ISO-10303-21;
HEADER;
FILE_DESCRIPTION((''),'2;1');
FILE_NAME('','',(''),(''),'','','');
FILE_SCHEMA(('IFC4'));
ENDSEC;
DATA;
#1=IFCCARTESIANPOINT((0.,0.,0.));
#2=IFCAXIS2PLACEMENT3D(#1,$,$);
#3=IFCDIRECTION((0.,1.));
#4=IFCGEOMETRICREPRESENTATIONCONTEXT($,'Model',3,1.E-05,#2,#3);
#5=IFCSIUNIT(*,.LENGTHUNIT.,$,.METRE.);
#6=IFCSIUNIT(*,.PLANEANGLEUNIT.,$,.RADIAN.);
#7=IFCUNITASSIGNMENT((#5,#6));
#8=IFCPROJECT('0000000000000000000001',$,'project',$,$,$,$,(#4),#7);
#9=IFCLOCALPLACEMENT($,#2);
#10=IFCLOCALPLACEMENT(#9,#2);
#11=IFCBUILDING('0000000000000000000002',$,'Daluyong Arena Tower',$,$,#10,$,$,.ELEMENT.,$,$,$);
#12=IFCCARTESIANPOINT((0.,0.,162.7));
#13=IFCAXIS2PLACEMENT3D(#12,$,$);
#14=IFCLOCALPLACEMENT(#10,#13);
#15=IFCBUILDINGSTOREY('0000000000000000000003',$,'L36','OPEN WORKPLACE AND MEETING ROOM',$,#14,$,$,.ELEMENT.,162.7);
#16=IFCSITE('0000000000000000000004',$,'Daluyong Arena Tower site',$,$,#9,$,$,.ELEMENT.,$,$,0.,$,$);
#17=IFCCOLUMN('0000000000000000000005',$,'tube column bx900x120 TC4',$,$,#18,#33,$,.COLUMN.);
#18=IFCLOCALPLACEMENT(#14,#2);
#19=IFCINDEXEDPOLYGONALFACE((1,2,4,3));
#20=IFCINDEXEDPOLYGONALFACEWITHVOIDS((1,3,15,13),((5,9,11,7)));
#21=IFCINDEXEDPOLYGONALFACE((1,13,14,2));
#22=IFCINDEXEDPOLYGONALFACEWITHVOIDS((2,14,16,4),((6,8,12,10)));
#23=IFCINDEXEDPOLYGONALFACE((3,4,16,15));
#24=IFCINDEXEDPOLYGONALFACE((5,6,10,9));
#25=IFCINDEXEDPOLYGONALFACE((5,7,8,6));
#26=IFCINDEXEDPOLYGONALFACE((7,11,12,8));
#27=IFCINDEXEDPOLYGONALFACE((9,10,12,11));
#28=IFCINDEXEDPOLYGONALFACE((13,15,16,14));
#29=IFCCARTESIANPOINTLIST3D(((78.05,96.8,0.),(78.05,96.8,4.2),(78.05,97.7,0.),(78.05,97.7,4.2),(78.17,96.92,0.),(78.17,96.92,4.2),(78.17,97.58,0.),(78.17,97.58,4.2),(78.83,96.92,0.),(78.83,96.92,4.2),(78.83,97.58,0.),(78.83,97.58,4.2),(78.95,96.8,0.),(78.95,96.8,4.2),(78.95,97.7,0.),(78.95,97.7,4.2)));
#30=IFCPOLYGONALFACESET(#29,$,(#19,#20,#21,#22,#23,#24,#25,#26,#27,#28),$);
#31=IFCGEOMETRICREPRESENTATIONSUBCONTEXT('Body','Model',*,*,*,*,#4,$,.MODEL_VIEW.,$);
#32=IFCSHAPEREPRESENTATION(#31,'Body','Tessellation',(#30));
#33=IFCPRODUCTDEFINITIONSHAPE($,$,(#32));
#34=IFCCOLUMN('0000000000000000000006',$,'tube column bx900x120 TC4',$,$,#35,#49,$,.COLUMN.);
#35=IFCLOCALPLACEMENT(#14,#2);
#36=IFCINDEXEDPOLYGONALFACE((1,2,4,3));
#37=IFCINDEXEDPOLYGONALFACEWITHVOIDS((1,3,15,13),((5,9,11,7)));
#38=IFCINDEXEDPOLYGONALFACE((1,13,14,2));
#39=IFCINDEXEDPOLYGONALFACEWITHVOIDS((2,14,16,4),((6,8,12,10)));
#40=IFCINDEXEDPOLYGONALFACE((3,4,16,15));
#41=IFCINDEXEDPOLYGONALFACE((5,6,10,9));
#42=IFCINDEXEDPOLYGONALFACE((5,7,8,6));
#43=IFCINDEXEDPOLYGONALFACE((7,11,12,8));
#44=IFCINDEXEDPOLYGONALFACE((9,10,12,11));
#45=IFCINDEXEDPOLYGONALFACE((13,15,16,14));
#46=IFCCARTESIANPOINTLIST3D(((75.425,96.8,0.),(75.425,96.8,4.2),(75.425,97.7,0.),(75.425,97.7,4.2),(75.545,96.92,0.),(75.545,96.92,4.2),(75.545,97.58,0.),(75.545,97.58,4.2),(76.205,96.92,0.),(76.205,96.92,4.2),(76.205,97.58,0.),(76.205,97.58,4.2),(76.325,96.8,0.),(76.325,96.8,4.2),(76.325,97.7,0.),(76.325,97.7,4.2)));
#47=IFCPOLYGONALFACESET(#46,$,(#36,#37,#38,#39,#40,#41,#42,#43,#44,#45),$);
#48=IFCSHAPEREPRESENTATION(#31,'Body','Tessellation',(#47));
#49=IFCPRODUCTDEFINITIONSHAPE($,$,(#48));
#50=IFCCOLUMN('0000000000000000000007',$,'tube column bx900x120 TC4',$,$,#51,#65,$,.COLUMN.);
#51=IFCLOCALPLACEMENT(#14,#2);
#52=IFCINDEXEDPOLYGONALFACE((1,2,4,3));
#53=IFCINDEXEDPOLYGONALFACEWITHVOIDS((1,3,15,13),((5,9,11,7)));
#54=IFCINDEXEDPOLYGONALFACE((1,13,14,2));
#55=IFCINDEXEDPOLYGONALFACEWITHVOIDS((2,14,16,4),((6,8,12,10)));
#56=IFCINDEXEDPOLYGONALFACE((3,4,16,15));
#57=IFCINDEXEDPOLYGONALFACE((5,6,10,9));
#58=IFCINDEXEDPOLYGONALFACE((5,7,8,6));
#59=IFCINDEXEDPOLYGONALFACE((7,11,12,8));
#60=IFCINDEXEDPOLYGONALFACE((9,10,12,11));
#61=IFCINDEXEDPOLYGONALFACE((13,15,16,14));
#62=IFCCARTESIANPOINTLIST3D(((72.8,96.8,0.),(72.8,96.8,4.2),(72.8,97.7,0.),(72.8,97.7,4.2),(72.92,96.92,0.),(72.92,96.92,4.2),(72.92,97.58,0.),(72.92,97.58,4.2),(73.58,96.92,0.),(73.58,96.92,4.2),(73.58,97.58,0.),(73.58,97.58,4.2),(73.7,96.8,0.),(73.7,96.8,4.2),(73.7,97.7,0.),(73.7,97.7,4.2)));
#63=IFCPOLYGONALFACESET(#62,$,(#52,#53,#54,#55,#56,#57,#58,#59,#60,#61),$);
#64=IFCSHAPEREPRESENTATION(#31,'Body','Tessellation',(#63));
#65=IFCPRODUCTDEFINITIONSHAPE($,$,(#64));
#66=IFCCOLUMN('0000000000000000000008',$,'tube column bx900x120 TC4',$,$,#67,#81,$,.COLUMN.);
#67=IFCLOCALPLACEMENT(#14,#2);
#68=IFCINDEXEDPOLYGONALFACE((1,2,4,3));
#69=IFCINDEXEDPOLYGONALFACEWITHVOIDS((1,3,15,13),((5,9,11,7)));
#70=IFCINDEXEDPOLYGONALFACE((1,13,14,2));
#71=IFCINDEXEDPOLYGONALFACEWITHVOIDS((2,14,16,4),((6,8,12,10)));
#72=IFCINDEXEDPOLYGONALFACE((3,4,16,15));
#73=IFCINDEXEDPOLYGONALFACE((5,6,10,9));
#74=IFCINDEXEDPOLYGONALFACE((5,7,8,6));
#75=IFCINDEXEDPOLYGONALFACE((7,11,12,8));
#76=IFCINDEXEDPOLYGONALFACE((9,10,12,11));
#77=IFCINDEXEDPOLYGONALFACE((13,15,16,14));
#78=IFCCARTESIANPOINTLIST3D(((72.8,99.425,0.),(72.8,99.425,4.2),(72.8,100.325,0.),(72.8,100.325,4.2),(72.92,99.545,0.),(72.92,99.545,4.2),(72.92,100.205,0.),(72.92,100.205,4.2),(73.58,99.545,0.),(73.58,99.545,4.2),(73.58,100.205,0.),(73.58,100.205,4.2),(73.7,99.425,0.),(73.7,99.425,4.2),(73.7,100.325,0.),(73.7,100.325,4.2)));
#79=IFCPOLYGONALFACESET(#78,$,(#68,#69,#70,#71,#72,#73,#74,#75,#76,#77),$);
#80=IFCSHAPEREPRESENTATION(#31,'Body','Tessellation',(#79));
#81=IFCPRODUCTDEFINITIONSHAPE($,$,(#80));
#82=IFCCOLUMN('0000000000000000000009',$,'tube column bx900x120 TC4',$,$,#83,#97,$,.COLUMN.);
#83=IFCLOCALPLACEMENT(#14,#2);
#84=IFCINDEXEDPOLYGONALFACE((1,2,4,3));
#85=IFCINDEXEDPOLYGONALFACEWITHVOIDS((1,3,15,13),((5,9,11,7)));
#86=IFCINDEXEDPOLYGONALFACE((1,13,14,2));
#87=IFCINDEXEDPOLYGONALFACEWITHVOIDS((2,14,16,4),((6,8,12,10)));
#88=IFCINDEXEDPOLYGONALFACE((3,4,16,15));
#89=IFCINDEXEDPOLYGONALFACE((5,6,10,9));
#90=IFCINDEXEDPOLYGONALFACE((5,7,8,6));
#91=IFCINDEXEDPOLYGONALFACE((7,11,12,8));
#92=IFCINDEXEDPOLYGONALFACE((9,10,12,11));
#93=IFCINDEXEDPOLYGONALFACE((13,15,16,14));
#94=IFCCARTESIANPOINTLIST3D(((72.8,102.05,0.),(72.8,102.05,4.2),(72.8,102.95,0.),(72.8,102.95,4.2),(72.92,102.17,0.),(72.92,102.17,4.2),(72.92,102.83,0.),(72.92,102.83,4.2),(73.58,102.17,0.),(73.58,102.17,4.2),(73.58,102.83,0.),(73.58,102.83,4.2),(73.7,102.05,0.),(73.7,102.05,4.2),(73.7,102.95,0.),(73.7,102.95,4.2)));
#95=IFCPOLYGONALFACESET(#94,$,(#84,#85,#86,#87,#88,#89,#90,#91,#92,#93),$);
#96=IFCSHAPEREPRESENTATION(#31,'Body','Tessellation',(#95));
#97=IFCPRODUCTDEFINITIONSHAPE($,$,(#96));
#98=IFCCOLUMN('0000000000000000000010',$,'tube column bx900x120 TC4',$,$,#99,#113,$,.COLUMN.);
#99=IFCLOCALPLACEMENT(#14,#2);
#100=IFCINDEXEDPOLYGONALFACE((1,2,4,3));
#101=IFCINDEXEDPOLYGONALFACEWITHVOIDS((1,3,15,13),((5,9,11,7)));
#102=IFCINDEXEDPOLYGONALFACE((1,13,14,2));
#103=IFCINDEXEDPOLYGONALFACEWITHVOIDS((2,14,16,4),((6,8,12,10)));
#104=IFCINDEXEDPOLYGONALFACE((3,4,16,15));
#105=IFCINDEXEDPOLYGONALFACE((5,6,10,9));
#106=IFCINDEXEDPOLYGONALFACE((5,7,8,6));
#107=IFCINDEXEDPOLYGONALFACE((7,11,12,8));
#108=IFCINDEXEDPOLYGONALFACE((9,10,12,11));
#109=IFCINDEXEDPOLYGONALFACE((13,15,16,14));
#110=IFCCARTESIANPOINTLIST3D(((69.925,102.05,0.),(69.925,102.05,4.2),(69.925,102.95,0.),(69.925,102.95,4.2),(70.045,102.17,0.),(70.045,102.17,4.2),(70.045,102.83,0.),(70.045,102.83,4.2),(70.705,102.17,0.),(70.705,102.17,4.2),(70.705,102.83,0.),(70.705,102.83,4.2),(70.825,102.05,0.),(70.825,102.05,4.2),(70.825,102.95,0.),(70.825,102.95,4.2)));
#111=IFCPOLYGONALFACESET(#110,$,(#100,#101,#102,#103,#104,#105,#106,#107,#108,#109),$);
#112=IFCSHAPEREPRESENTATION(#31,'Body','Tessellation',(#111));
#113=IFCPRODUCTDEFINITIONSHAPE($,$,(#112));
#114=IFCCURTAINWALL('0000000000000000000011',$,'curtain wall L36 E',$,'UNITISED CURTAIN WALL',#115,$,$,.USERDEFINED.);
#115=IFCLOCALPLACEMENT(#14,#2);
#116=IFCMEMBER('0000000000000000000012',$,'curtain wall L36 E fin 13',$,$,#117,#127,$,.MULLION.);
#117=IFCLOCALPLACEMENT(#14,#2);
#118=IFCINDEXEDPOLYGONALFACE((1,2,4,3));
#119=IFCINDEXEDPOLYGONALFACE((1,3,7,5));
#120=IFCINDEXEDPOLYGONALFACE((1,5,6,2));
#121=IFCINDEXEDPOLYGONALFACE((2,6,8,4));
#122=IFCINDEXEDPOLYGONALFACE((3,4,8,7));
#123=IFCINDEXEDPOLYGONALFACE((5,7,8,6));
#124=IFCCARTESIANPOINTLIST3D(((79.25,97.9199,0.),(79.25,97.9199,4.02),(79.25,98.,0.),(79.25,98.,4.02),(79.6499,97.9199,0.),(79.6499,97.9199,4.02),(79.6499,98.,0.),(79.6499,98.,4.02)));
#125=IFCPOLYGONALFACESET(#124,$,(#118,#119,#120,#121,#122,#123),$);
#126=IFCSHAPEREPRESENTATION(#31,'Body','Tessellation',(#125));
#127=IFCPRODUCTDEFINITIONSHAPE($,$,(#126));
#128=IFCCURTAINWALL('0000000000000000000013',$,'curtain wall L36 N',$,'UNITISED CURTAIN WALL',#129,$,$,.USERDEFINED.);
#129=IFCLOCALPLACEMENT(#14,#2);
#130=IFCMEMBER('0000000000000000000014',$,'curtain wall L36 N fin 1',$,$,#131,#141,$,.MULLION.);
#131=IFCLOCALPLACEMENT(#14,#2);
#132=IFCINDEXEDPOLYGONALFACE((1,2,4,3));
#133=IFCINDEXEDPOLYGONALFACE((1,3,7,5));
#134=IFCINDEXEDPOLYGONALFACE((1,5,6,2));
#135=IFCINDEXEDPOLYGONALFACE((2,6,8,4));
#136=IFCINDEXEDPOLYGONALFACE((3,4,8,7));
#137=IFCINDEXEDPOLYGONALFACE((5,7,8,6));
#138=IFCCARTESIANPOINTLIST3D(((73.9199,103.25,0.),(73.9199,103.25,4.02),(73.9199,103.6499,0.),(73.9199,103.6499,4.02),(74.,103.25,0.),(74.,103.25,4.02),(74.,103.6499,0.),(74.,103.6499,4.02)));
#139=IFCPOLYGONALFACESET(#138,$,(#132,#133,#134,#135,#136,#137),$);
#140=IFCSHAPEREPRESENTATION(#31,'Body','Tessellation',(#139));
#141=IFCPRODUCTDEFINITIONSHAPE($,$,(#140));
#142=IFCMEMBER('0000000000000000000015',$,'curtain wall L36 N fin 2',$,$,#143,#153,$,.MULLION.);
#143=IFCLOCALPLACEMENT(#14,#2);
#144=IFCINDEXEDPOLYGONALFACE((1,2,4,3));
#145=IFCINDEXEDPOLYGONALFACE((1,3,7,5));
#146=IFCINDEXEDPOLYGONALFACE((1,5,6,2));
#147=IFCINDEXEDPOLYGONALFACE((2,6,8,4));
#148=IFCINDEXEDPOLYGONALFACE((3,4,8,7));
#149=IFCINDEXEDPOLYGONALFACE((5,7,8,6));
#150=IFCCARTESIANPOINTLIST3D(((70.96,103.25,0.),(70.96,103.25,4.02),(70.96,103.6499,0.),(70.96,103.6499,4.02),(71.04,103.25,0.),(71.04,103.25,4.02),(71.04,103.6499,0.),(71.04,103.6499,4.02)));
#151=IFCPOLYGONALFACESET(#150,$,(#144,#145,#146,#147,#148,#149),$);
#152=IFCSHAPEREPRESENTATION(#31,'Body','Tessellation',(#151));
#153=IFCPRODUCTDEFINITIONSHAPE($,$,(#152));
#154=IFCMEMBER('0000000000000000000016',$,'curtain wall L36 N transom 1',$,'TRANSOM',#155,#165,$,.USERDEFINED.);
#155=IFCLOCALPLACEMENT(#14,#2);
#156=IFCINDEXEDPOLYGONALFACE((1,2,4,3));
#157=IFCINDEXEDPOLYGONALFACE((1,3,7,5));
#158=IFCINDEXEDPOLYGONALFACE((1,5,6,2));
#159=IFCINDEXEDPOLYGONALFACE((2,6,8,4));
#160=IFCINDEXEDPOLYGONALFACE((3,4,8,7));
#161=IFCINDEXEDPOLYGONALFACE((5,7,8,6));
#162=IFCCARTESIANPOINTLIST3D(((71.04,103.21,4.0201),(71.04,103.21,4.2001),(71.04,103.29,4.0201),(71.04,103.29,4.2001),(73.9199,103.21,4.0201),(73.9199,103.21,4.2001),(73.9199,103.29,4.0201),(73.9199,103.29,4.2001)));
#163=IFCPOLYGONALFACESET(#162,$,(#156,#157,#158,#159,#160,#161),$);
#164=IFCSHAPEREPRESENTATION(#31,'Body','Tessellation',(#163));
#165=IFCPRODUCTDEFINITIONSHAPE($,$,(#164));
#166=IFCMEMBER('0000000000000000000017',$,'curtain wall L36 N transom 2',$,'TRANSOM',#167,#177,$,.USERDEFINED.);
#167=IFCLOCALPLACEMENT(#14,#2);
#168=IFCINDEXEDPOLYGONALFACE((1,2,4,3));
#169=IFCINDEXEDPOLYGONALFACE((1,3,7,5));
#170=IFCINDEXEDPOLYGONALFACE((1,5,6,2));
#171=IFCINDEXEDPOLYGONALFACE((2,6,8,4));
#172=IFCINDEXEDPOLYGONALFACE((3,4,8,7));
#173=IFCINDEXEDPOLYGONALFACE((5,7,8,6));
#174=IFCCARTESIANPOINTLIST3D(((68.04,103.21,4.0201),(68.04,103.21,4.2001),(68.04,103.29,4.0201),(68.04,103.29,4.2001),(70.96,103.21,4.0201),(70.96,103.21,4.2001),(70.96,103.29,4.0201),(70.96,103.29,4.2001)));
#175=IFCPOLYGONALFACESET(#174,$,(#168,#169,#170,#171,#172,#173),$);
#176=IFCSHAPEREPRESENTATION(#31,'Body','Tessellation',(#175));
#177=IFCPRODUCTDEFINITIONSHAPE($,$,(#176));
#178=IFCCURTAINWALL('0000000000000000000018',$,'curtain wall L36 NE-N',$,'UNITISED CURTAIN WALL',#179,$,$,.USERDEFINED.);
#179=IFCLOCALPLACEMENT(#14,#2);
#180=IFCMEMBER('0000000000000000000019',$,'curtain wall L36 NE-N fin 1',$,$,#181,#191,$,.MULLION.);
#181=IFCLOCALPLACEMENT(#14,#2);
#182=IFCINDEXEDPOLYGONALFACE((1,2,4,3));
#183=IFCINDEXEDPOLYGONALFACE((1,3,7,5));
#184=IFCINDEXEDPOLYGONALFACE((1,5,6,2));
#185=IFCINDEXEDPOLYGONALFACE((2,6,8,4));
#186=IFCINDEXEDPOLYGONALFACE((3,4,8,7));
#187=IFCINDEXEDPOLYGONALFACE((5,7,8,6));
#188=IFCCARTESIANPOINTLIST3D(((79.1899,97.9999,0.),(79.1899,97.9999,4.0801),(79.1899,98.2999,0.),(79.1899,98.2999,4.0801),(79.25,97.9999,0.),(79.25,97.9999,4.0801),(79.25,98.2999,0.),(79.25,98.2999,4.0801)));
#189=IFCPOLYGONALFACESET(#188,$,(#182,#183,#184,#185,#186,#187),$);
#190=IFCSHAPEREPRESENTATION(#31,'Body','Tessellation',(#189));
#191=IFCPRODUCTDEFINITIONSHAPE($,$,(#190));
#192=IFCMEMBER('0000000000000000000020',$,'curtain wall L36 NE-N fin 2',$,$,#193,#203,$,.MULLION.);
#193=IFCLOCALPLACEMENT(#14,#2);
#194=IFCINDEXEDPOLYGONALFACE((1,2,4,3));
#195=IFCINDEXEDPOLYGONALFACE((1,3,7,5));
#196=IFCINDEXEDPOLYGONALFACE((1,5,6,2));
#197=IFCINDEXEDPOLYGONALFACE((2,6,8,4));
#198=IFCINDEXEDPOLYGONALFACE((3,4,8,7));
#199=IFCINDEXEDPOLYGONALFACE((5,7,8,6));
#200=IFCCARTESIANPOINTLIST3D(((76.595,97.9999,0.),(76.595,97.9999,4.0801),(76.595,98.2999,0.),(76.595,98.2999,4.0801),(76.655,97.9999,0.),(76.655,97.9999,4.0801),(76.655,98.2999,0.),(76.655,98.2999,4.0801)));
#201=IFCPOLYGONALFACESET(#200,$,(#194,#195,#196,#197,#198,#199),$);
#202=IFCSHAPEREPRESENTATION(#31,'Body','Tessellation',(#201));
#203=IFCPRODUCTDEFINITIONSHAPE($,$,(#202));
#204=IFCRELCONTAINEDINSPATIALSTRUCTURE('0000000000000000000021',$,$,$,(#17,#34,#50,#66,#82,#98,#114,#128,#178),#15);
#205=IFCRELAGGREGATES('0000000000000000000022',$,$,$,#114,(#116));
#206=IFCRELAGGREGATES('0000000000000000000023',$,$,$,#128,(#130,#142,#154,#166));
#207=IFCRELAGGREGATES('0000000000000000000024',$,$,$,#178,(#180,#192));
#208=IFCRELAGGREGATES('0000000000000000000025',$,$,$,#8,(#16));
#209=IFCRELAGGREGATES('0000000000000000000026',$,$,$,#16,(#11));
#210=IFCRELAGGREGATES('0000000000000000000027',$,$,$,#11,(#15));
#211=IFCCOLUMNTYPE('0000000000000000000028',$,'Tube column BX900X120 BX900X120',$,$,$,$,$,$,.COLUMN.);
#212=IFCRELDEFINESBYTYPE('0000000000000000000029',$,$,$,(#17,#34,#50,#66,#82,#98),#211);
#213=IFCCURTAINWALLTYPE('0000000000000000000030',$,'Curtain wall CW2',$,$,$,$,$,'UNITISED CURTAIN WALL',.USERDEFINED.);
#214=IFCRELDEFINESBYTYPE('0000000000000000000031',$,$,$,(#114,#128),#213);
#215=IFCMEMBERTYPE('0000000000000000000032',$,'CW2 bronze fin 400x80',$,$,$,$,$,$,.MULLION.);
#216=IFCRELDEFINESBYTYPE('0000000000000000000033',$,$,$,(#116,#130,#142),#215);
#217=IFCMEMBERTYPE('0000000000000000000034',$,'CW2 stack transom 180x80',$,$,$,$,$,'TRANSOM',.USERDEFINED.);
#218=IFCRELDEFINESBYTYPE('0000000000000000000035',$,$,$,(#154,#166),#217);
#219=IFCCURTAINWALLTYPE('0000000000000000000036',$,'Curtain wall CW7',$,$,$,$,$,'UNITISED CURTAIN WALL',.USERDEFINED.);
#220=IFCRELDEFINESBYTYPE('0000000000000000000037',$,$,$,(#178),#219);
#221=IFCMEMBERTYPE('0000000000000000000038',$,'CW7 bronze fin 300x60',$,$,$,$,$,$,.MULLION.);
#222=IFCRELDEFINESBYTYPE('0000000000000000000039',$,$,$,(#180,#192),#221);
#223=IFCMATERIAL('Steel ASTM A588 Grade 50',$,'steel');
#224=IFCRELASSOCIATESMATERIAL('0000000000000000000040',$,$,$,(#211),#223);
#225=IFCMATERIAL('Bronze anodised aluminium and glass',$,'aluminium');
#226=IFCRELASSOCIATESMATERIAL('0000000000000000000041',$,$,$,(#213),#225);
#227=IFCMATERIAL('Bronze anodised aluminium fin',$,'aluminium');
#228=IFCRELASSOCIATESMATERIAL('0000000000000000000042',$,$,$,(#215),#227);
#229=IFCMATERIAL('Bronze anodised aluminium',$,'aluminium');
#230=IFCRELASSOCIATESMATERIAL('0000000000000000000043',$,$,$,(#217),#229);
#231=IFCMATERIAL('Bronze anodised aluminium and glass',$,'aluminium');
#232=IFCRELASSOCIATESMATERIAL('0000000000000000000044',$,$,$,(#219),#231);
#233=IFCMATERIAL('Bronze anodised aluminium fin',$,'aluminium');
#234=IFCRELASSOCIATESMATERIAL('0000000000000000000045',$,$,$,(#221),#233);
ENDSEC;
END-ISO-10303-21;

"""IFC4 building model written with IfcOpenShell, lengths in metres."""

from ifc_helpers import new_model, si_unit, direction, frame, origin, origin_2d, place, context, subcontext, project, spatial, rectangle, hollow_rectangle, extrude, material, material_profile, profile_set, type_object, element, aggregate, save


model = new_model("IFC4")

# Units and contexts
model_context = context("Model", 3, precision=1e-05, world=origin(), true_north=direction((0.0, 1.0)))
body_context = subcontext(model_context, "Body", "Model", "MODEL_VIEW")
ifc_project = project(units=[si_unit("LENGTHUNIT", "METRE"), si_unit("PLANEANGLEUNIT", "RADIAN")], contexts=[model_context])

# Site, building, storey
site_placement = place(None, origin())
site = spatial("IfcSite", under=ifc_project, at=site_placement, Name="Daluyong Arena Tower site", CompositionType="ELEMENT", RefElevation=0.0)
building_placement = place(site_placement, origin())
building = spatial("IfcBuilding", under=site, at=building_placement, Name="Daluyong Arena Tower", CompositionType="ELEMENT")
storey_placement = place(building_placement, frame((0.0, 0.0, 162.7)))
storey = spatial("IfcBuildingStorey", under=building, at=storey_placement, Name="L36", Description="OPEN WORKPLACE AND MEETING ROOM", CompositionType="ELEMENT", Elevation=162.7)

# Columns
ifc_material_1 = material(Name="Steel ASTM A588 Grade 50", Category="steel")
ifc_material_profile_1 = material_profile(ifc_material_1, hollow_rectangle(XDim=0.8999, YDim=0.8999, WallThickness=0.12, at=origin_2d()))
ifc_profile_set_1 = profile_set([ifc_material_profile_1], Name="Steel ASTM A588 Grade 50")
column_type = type_object("IfcColumnType", Name="Tube column BX900X120 BX900X120", PredefinedType="COLUMN", material=ifc_profile_set_1)
for number, where, z_axis, x_axis, name in (
    (1, (78.5, 97.25, 0.0), (0.0, 0.0, 1.0), (1.0, 0.0, 0.0), "tube column bx900x120 TC4"),
    (2, (75.875, 97.25, 0.0), (0.0, 0.0, 1.0), (1.0, 0.0, 0.0), "tube column bx900x120 TC4"),
    (3, (73.25, 97.25, 0.0), (0.0, 0.0, 1.0), (0.0, 1.0, 0.0), "tube column bx900x120 TC4"),
    (4, (73.25, 99.875, 0.0), (0.0, 0.0, 1.0), (0.0, 1.0, 0.0), "tube column bx900x120 TC4"),
    (5, (73.25, 102.5, 0.0), (0.0, 0.0, 1.0), (1.0, 0.0, 0.0), "tube column bx900x120 TC4"),
    (6, (70.375, 102.5, 0.0), (0.0, 0.0, 1.0), (1.0, 0.0, 0.0), "tube column bx900x120 TC4"),
):
    element("IfcColumn", number, at=place(storey_placement, frame(where, z_axis=z_axis, x_axis=x_axis)), inside=storey, type_object=column_type, Name=name, PredefinedType="COLUMN", context=body_context, shape_type="SweptSolid", body=[
        extrude(hollow_rectangle(XDim=0.8999, YDim=0.8999, WallThickness=0.12, at=origin_2d()), origin(), (0.0, 0.0, 1.0), 4.2),
    ])

# Curtain wall, member
ifc_material_2 = material(Name="Bronze anodised aluminium and glass", Category="aluminium")
curtain_wall_type_1 = type_object("IfcCurtainWallType", Name="Curtain wall CW2", ElementType="UNITISED CURTAIN WALL", PredefinedType="USERDEFINED", material=ifc_material_2)
curtain_wall_1_placement = place(storey_placement, origin())
curtain_wall_1 = element("IfcCurtainWall", 7, at=curtain_wall_1_placement, inside=storey, type_object=curtain_wall_type_1, Name="curtain wall L36 E", ObjectType="UNITISED CURTAIN WALL", PredefinedType="USERDEFINED")
ifc_material_3 = material(Name="Bronze anodised aluminium fin", Category="aluminium")
ifc_material_profile_2 = material_profile(ifc_material_3, rectangle(XDim=0.3999, YDim=0.0801, at=origin_2d()))
ifc_profile_set_2 = profile_set([ifc_material_profile_2], Name="Bronze anodised aluminium fin")
member_type_1 = type_object("IfcMemberType", Name="CW2 bronze fin 400x80", PredefinedType="MULLION", material=ifc_profile_set_2)
member_1_placement = place(storey_placement, frame((79.45, 97.96, 0.0), z_axis=(0.0, 0.0, 1.0), x_axis=(-1.0, 0.0, 0.0)))
member_1 = element("IfcMember", 8, at=member_1_placement, type_object=member_type_1, Name="curtain wall L36 E fin 13", PredefinedType="MULLION", context=body_context, shape_type="SweptSolid", body=[
    extrude(rectangle(XDim=0.3999, YDim=0.0801, at=origin_2d()), origin(), (0.0, 0.0, 1.0), 4.02),
])
aggregate(curtain_wall_1, [member_1])

# Curtain walls, members
curtain_wall_2_placement = place(storey_placement, origin())
curtain_wall_2 = element("IfcCurtainWall", 9, at=curtain_wall_2_placement, inside=storey, type_object=curtain_wall_type_1, Name="curtain wall L36 N", ObjectType="UNITISED CURTAIN WALL", PredefinedType="USERDEFINED")
member_2_placement = place(storey_placement, frame((73.96, 103.45, 0.0), z_axis=(0.0, 0.0, 1.0), x_axis=(0.0, -1.0, 0.0)))
member_2 = element("IfcMember", 10, at=member_2_placement, type_object=member_type_1, Name="curtain wall L36 N fin 1", PredefinedType="MULLION", context=body_context, shape_type="SweptSolid", body=[
    extrude(rectangle(XDim=0.3999, YDim=0.0801, at=origin_2d()), origin(), (0.0, 0.0, 1.0), 4.02),
])
member_3_placement = place(storey_placement, frame((71.0, 103.45, 0.0), z_axis=(0.0, 0.0, 1.0), x_axis=(0.0, -1.0, 0.0)))
member_3 = element("IfcMember", 11, at=member_3_placement, type_object=member_type_1, Name="curtain wall L36 N fin 2", PredefinedType="MULLION", context=body_context, shape_type="SweptSolid", body=[
    extrude(rectangle(XDim=0.3999, YDim=0.0801, at=origin_2d()), origin(), (0.0, 0.0, 1.0), 4.02),
])
ifc_material_4 = material(Name="Bronze anodised aluminium", Category="aluminium")
ifc_material_profile_3 = material_profile(ifc_material_4, rectangle(XDim=0.0801, YDim=0.1799, at=origin_2d()))
ifc_profile_set_3 = profile_set([ifc_material_profile_3], Name="Bronze anodised aluminium")
member_type_2 = type_object("IfcMemberType", Name="CW2 stack transom 180x80", ElementType="TRANSOM", PredefinedType="USERDEFINED", material=ifc_profile_set_3)
member_4_placement = place(storey_placement, frame((73.9199, 103.25, 4.1101), z_axis=(-1.0, 0.0, 0.0), x_axis=(0.0, -1.0, 0.0)))
member_4 = element("IfcMember", 12, at=member_4_placement, type_object=member_type_2, Name="curtain wall L36 N transom 1", ObjectType="TRANSOM", PredefinedType="USERDEFINED", context=body_context, shape_type="SweptSolid", body=[
    extrude(rectangle(XDim=0.0801, YDim=0.1799, at=origin_2d()), origin(), (0.0, 0.0, 1.0), 2.8799),
])
member_5_placement = place(storey_placement, frame((70.96, 103.25, 4.1101), z_axis=(-1.0, 0.0, 0.0), x_axis=(0.0, -1.0, 0.0)))
member_5 = element("IfcMember", 13, at=member_5_placement, type_object=member_type_2, Name="curtain wall L36 N transom 2", ObjectType="TRANSOM", PredefinedType="USERDEFINED", context=body_context, shape_type="SweptSolid", body=[
    extrude(rectangle(XDim=0.0801, YDim=0.1799, at=origin_2d()), origin(), (0.0, 0.0, 1.0), 2.9199),
])
ifc_material_5 = material(Name="Bronze anodised aluminium and glass", Category="aluminium")
curtain_wall_type_2 = type_object("IfcCurtainWallType", Name="Curtain wall CW7", ElementType="UNITISED CURTAIN WALL", PredefinedType="USERDEFINED", material=ifc_material_5)
curtain_wall_3_placement = place(storey_placement, origin())
curtain_wall_3 = element("IfcCurtainWall", 14, at=curtain_wall_3_placement, inside=storey, type_object=curtain_wall_type_2, Name="curtain wall L36 NE-N", ObjectType="UNITISED CURTAIN WALL", PredefinedType="USERDEFINED")
ifc_material_6 = material(Name="Bronze anodised aluminium fin", Category="aluminium")
ifc_material_profile_4 = material_profile(ifc_material_6, rectangle(XDim=0.3, YDim=0.0601, at=origin_2d()))
ifc_profile_set_4 = profile_set([ifc_material_profile_4], Name="Bronze anodised aluminium fin")
member_type_3 = type_object("IfcMemberType", Name="CW7 bronze fin 300x60", PredefinedType="MULLION", material=ifc_profile_set_4)
member_6_placement = place(storey_placement, frame((79.22, 98.1499, 0.0), z_axis=(0.0, 0.0, 1.0), x_axis=(0.0, -1.0, 0.0)))
member_6 = element("IfcMember", 15, at=member_6_placement, type_object=member_type_3, Name="curtain wall L36 NE-N fin 1", PredefinedType="MULLION", context=body_context, shape_type="SweptSolid", body=[
    extrude(rectangle(XDim=0.3, YDim=0.0601, at=origin_2d()), origin(), (0.0, 0.0, 1.0), 4.0801),
])
member_7_placement = place(storey_placement, frame((76.625, 98.1499, 0.0), z_axis=(0.0, 0.0, 1.0), x_axis=(0.0, -1.0, 0.0)))
member_7 = element("IfcMember", 16, at=member_7_placement, type_object=member_type_3, Name="curtain wall L36 NE-N fin 2", PredefinedType="MULLION", context=body_context, shape_type="SweptSolid", body=[
    extrude(rectangle(XDim=0.3, YDim=0.0601, at=origin_2d()), origin(), (0.0, 0.0, 1.0), 4.0801),
])

aggregate(curtain_wall_2, [member_2, member_3, member_4, member_5])
aggregate(curtain_wall_3, [member_6, member_7])

save(model, "model.ifc")
